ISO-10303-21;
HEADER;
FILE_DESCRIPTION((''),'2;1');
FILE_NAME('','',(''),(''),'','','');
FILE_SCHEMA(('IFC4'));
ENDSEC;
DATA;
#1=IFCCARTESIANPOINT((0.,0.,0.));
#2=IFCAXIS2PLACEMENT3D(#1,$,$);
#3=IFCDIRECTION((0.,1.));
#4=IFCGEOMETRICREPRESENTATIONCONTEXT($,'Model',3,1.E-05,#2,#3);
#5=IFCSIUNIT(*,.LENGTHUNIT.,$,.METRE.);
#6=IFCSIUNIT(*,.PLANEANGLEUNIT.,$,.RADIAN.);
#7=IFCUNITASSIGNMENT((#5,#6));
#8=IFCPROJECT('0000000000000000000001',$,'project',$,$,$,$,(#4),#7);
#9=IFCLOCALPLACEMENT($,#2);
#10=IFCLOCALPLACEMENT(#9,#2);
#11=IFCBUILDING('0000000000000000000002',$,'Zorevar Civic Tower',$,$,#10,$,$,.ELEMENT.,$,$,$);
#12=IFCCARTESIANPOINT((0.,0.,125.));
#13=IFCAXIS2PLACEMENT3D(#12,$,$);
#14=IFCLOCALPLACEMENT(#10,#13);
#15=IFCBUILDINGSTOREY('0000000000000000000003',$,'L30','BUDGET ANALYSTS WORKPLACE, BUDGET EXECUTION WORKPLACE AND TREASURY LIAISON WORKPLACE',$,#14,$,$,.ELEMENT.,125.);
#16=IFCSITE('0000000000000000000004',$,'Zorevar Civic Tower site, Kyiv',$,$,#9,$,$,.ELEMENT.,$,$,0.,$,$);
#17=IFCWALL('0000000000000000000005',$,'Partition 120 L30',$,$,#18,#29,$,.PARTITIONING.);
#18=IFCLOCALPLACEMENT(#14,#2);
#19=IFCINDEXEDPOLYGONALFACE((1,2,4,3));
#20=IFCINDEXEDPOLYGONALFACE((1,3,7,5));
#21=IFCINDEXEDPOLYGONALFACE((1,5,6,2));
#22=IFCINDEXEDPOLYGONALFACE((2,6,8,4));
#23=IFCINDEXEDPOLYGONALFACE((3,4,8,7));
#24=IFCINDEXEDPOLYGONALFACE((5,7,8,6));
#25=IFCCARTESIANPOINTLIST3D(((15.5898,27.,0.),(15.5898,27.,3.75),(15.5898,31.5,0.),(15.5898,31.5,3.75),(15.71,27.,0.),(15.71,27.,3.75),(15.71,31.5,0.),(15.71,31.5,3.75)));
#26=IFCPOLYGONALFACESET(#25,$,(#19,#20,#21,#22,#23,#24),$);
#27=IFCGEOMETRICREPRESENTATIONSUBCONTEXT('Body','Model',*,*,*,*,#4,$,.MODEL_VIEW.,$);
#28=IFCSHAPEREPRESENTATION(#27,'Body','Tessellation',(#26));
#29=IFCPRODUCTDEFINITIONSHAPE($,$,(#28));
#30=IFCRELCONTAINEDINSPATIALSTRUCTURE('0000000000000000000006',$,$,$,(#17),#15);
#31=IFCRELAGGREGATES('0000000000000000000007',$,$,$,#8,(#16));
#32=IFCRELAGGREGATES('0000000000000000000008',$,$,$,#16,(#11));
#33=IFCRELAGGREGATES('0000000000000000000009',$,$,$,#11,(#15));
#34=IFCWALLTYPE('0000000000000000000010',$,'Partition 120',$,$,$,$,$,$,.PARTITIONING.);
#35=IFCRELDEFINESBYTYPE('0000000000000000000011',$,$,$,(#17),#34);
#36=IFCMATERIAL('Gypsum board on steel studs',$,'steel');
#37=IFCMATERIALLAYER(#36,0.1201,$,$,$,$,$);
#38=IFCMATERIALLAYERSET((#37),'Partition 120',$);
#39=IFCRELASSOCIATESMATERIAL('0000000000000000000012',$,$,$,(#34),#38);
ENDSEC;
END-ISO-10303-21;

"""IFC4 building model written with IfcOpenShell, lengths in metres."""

from ifc_helpers import new_model, si_unit, direction, frame, frame_2d, origin, place, context, subcontext, project, spatial, rectangle, extrude, material, layer, layer_set, type_object, element, save


model = new_model("IFC4")

# Units and contexts
model_context = context("Model", 3, precision=1e-05, world=origin(), true_north=direction((0.0, 1.0)))
body_context = subcontext(model_context, "Body", "Model", "MODEL_VIEW")
ifc_project = project(units=[si_unit("LENGTHUNIT", "METRE"), si_unit("PLANEANGLEUNIT", "RADIAN")], contexts=[model_context])

# Site, building, storey
site_placement = place(None, origin())
site = spatial("IfcSite", under=ifc_project, at=site_placement, Name="Zorevar Civic Tower site, Kyiv", CompositionType="ELEMENT", RefElevation=0.0)
building_placement = place(site_placement, origin())
building = spatial("IfcBuilding", under=site, at=building_placement, Name="Zorevar Civic Tower", CompositionType="ELEMENT")
storey_placement = place(building_placement, frame((0.0, 0.0, 125.0)))
storey = spatial("IfcBuildingStorey", under=building, at=storey_placement, Name="L30", Description="BUDGET ANALYSTS WORKPLACE, BUDGET EXECUTION WORKPLACE AND TREASURY LIAISON WORKPLACE", CompositionType="ELEMENT", Elevation=125.0)

# Shared definitions
ifc_material_1 = material(Name="Gypsum board on steel studs", Category="steel")
ifc_layer_1 = layer(ifc_material_1, 0.1201)
ifc_layer_set_1 = layer_set([ifc_layer_1], Name="Partition 120")
wall_type_1 = type_object("IfcWallType", Name="Partition 120", PredefinedType="PARTITIONING", material=ifc_layer_set_1)

# Wall
wall_1_placement = place(storey_placement, frame((15.6499, 27.0, 0.0), z_axis=(0.0, 0.0, 1.0), x_axis=(0.0, 1.0, 0.0)))
element("IfcWall", 1, at=wall_1_placement, inside=storey, type_object=wall_type_1, Name="Partition 120 L30", PredefinedType="PARTITIONING", context=body_context, shape_type="SweptSolid", body=[
    extrude(rectangle(XDim=4.5, YDim=0.1201, at=frame_2d((2.25, 0.0))), origin(), (0.0, 0.0, 1.0), 3.75),
])

save(model, "model.ifc")
